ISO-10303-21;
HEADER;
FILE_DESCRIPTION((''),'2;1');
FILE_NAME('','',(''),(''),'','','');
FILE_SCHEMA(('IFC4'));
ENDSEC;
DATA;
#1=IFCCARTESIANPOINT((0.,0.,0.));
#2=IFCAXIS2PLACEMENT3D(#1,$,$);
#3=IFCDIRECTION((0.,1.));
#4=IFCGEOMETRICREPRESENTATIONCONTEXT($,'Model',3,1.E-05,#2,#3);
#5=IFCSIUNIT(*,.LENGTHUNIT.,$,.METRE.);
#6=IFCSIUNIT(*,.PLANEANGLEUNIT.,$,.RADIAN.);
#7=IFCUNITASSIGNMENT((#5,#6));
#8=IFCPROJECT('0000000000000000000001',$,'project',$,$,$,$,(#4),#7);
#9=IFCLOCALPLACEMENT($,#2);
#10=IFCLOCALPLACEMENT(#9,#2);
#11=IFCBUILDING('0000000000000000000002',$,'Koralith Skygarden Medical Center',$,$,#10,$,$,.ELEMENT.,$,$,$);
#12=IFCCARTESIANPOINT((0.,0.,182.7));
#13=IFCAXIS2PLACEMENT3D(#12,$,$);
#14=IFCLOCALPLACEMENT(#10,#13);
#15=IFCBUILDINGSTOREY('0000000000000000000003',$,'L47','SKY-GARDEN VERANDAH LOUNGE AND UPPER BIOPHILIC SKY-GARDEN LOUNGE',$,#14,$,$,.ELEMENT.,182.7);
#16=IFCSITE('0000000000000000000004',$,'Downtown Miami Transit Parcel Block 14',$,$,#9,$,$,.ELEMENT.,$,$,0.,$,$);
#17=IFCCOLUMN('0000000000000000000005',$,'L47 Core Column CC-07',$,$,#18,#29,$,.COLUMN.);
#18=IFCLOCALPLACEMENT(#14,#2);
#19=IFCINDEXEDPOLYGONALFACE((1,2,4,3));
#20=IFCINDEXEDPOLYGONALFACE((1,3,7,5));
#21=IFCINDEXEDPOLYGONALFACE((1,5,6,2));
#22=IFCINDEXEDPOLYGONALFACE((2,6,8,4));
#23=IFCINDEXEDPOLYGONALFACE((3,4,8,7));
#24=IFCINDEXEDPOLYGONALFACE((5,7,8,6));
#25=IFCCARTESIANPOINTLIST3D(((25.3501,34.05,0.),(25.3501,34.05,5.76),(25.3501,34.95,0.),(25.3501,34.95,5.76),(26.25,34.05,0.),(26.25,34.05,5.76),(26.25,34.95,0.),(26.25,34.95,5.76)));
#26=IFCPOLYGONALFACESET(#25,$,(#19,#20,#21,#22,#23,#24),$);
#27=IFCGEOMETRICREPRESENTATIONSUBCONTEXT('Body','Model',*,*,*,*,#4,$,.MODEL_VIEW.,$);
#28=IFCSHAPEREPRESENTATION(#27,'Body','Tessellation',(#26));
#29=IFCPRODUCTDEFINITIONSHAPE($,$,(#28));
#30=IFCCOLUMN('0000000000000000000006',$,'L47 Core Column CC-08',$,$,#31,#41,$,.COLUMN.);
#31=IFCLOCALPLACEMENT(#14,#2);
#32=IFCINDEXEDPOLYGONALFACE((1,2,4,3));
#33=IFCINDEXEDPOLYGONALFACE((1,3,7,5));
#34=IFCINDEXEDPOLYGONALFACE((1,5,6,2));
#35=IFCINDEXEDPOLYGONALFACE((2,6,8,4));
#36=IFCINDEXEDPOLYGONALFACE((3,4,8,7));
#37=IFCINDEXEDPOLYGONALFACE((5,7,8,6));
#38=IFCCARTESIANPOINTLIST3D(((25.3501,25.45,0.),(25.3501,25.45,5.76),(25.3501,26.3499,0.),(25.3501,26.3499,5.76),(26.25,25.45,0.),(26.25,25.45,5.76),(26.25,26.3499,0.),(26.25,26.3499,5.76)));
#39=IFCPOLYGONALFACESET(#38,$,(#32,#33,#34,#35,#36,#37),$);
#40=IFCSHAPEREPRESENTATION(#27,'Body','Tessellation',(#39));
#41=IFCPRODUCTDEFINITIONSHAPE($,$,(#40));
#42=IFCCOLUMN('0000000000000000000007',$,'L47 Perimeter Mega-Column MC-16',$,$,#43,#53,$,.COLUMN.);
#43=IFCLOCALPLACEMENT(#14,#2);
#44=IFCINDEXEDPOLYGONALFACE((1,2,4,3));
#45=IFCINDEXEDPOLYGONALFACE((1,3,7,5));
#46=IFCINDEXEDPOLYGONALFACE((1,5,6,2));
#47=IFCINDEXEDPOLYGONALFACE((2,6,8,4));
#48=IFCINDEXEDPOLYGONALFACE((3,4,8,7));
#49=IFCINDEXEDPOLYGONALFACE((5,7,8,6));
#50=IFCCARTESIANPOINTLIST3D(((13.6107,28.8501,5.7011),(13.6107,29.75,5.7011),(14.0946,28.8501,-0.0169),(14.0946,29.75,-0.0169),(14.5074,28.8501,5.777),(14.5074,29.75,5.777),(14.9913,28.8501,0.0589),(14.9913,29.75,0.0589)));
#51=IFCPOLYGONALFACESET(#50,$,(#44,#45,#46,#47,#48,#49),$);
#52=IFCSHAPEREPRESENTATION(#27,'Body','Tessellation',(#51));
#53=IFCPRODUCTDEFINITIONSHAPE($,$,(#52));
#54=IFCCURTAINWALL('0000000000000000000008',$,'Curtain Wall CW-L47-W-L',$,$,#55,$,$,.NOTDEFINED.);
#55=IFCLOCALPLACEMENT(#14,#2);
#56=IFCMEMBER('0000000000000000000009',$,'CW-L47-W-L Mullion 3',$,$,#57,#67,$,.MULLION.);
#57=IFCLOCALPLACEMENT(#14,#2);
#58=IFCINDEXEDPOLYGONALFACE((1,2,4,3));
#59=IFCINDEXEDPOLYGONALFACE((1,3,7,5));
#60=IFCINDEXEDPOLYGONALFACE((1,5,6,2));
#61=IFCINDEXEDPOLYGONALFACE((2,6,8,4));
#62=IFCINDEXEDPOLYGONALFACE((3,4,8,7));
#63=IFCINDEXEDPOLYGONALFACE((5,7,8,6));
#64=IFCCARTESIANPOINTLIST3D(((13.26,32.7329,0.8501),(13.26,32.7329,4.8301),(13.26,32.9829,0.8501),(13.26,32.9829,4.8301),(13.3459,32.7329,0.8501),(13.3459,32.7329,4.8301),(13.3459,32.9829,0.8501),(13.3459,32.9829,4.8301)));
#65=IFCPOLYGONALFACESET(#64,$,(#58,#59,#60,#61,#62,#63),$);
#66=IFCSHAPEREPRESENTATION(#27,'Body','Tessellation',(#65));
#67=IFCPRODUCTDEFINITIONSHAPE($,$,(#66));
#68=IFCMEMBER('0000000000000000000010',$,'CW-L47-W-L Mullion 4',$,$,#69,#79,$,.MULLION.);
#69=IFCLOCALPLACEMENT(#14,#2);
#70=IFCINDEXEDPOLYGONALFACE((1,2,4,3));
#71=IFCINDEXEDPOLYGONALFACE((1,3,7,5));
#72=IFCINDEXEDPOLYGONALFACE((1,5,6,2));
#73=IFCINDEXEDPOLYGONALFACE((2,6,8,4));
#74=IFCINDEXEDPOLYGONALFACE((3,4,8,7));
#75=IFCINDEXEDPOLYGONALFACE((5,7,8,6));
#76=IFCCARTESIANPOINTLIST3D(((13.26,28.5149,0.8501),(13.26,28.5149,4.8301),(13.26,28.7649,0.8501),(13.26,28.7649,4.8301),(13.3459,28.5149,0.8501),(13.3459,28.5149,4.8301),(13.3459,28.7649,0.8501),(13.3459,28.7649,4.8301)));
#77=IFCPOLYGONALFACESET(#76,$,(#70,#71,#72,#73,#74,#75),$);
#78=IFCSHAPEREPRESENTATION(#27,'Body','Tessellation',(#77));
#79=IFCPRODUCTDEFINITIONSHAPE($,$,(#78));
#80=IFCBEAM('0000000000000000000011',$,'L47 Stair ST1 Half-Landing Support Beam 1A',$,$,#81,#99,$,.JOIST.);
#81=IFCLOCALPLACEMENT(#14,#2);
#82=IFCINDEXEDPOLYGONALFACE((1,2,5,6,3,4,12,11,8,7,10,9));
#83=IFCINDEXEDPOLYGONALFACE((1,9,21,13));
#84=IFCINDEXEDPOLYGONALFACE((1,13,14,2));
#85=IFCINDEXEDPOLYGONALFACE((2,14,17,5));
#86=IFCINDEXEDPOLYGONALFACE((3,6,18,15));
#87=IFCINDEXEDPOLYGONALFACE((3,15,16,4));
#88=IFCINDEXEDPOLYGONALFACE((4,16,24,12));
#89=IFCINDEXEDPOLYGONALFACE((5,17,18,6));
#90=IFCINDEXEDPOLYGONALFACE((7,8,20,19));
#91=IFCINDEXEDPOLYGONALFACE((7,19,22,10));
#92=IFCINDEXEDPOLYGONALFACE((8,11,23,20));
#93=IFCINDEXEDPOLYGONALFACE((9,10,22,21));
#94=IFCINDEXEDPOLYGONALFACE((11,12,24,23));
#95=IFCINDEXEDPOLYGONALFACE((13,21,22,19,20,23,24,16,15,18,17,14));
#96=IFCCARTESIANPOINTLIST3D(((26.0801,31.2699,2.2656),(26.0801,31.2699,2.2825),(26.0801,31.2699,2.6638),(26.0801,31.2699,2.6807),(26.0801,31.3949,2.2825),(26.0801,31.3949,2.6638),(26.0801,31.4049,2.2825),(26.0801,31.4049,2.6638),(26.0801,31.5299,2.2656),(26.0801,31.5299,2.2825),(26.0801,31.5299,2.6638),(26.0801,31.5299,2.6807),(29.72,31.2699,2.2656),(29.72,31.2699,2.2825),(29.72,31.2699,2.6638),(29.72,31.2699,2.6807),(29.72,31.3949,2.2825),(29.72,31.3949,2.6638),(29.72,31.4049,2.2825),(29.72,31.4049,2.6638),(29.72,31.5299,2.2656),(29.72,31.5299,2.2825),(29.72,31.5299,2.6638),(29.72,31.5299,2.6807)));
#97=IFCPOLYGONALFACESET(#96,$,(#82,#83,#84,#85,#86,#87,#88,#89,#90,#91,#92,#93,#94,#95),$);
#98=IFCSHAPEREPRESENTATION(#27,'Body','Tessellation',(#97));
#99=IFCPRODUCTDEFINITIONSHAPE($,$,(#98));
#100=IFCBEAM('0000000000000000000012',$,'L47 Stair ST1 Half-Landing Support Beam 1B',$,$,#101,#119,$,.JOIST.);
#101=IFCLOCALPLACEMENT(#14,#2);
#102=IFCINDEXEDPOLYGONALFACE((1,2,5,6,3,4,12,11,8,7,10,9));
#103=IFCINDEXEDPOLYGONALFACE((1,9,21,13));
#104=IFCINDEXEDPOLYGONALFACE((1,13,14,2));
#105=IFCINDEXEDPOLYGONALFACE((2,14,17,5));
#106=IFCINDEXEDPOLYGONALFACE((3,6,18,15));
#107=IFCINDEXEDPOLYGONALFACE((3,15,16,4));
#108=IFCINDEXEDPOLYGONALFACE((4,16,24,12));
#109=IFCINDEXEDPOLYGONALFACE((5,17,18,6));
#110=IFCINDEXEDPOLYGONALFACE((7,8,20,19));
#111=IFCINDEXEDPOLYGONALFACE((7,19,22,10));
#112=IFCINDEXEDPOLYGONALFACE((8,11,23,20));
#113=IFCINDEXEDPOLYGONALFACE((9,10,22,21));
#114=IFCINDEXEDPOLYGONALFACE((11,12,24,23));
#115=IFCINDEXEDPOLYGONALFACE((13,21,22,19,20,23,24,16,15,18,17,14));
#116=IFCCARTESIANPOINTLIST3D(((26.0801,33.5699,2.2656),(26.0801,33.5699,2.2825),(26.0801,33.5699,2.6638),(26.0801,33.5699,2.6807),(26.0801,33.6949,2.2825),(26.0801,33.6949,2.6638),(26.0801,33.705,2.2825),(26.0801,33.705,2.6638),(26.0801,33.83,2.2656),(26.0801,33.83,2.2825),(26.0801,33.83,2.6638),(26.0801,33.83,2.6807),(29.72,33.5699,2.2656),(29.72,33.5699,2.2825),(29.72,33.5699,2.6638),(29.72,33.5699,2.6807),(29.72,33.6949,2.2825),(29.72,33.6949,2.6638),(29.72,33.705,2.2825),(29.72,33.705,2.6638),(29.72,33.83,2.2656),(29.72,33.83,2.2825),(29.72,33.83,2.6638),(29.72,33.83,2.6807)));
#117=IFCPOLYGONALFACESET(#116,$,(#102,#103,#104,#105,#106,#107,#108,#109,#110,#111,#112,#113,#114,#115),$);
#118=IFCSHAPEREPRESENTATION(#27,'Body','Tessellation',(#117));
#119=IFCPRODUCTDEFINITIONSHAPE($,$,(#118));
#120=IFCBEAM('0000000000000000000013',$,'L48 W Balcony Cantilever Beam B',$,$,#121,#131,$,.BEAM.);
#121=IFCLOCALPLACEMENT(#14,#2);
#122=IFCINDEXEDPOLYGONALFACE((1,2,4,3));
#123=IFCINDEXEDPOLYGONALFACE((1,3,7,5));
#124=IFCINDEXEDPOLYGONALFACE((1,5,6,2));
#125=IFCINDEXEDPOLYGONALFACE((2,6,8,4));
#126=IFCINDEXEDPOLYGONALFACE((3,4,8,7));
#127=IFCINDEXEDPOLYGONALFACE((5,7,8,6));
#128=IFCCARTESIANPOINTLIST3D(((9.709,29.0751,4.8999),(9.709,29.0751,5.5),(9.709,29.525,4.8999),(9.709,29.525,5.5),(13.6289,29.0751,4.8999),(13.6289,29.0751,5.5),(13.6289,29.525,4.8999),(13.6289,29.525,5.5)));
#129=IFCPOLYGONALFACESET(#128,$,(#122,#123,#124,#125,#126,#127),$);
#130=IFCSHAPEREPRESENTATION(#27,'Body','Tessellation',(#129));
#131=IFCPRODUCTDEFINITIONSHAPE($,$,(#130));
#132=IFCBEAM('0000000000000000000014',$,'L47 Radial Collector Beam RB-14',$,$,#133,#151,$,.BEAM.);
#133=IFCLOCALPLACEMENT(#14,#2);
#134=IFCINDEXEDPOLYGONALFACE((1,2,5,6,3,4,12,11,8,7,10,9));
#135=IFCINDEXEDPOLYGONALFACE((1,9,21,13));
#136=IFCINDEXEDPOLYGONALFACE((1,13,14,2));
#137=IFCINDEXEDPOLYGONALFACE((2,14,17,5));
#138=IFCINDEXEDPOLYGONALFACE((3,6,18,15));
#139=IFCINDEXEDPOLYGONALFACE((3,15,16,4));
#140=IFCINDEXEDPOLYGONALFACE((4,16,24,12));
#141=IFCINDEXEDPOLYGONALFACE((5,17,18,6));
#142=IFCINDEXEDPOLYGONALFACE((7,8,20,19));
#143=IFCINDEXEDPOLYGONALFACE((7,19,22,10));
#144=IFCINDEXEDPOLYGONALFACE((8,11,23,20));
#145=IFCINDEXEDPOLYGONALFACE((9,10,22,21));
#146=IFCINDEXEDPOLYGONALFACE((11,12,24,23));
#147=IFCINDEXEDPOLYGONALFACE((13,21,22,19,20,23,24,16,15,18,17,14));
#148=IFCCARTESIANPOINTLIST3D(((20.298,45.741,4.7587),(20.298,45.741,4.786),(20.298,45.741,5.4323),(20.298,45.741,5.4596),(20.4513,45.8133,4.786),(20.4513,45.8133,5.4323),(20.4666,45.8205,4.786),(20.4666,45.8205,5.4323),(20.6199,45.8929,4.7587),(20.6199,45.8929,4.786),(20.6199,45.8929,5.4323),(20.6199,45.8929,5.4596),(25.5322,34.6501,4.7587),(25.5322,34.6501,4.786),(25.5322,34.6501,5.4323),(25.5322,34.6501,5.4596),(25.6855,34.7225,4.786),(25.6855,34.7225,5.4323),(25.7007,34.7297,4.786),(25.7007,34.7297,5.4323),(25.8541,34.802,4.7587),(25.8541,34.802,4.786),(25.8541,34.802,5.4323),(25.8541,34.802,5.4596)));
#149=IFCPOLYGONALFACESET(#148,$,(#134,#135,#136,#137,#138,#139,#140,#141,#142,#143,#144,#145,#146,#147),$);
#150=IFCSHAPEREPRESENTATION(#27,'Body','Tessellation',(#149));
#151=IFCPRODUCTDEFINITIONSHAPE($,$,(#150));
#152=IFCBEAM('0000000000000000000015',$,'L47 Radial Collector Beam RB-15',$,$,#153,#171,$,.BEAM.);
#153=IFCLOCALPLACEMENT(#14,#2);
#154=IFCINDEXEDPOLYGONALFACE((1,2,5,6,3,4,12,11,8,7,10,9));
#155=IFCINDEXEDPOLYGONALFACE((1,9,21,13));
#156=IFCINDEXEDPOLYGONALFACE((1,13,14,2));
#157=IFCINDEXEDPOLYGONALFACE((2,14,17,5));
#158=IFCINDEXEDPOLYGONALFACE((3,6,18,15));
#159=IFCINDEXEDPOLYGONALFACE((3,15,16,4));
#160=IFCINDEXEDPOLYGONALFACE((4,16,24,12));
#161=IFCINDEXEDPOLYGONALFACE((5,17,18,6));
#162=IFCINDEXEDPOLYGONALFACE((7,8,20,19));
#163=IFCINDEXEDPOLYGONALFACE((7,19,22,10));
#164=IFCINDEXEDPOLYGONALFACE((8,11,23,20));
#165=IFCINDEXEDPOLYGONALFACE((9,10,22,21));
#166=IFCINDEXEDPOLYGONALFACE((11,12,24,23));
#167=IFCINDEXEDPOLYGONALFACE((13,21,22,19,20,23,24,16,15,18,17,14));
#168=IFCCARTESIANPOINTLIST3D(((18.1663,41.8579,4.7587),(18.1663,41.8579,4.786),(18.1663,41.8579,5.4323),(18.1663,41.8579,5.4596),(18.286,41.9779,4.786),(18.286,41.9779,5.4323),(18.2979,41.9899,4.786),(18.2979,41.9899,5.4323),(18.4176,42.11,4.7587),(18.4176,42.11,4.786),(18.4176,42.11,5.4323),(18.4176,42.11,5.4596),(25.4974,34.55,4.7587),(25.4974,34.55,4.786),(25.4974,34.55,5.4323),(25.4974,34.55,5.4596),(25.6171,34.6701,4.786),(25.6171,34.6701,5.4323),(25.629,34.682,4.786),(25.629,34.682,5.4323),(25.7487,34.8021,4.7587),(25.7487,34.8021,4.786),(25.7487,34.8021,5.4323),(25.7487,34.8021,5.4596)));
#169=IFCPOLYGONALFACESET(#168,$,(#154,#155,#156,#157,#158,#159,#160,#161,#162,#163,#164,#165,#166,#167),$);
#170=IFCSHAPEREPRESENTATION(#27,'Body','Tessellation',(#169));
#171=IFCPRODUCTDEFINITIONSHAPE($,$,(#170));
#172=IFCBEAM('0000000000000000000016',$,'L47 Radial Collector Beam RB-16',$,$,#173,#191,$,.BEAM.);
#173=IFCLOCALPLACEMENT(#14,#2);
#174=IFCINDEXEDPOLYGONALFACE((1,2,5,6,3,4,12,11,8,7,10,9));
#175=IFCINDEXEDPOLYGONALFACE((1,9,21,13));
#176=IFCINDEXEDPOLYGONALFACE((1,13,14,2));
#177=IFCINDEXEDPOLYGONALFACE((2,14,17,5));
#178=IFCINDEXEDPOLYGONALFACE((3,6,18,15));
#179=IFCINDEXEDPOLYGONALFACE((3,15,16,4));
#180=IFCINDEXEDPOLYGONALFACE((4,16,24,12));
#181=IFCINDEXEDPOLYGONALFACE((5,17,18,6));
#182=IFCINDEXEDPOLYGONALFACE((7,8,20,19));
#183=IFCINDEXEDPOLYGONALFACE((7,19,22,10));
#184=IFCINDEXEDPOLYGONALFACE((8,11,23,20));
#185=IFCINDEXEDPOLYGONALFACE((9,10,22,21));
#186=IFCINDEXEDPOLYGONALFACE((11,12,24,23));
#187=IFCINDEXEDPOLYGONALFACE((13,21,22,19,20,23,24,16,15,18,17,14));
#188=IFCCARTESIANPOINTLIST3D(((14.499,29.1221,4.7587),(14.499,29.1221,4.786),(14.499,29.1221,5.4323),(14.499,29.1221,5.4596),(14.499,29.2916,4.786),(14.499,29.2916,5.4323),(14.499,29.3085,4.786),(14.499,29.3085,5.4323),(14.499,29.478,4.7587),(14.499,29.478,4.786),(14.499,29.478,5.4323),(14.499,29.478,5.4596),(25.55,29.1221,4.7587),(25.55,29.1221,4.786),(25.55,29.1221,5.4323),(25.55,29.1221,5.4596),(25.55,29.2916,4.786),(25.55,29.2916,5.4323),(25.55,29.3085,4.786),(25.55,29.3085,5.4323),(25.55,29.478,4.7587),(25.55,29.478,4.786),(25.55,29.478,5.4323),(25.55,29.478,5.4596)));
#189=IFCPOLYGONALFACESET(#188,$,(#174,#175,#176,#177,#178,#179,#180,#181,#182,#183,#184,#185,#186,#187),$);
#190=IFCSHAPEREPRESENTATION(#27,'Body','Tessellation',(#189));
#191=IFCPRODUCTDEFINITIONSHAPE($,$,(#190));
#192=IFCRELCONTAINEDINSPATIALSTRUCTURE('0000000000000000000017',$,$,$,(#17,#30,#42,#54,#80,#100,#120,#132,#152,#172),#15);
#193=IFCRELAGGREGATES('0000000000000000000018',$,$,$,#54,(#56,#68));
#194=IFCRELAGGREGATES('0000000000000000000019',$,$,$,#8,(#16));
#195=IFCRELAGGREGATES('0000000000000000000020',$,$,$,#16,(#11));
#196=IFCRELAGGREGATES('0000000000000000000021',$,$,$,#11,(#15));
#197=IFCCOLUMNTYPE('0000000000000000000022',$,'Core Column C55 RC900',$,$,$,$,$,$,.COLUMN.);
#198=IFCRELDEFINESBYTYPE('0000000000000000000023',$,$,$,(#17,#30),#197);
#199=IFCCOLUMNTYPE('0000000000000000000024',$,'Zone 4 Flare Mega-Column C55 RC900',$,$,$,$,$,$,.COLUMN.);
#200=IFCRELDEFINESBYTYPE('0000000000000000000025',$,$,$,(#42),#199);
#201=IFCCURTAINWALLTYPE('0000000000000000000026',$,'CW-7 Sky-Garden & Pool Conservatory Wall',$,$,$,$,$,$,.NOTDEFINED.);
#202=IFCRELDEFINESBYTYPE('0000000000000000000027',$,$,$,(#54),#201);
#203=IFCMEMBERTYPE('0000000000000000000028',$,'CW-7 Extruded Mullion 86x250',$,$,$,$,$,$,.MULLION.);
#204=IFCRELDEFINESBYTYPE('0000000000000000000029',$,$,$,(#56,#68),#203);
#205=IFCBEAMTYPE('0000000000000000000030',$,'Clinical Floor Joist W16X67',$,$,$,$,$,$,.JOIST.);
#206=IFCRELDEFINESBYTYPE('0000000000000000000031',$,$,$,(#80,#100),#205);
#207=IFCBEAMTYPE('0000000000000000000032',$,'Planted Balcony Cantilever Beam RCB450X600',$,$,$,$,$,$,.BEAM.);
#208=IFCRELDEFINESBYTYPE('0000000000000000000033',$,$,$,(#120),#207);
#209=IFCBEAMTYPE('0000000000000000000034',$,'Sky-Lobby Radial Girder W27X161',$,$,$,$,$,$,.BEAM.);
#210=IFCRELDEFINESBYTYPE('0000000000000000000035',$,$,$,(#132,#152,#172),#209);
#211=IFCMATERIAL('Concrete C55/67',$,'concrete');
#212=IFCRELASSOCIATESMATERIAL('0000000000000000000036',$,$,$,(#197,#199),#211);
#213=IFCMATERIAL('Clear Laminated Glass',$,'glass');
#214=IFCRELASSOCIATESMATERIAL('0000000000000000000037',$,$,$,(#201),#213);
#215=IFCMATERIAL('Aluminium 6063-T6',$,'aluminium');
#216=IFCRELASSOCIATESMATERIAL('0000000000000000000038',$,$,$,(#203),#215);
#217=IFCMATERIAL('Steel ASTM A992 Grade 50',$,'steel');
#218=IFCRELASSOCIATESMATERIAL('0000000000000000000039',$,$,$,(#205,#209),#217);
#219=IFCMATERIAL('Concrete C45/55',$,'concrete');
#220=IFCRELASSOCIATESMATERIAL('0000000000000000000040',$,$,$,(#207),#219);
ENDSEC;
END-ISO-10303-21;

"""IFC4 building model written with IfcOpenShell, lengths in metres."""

from ifc_helpers import new_model, si_unit, direction, frame, origin, origin_2d, place, context, subcontext, project, spatial, rectangle, i_section, extrude, material, material_profile, profile_set, type_object, element, aggregate, save


model = new_model("IFC4")

# Units and contexts
model_context = context("Model", 3, precision=1e-05, world=origin(), true_north=direction((0.0, 1.0)))
body_context = subcontext(model_context, "Body", "Model", "MODEL_VIEW")
ifc_project = project(units=[si_unit("LENGTHUNIT", "METRE"), si_unit("PLANEANGLEUNIT", "RADIAN")], contexts=[model_context])

# Site, building, storey
site_placement = place(None, origin())
site = spatial("IfcSite", under=ifc_project, at=site_placement, Name="Downtown Miami Transit Parcel Block 14", CompositionType="ELEMENT", RefElevation=0.0)
building_placement = place(site_placement, origin())
building = spatial("IfcBuilding", under=site, at=building_placement, Name="Koralith Skygarden Medical Center", CompositionType="ELEMENT")
storey_placement = place(building_placement, frame((0.0, 0.0, 182.7)))
storey = spatial("IfcBuildingStorey", under=building, at=storey_placement, Name="L47", Description="SKY-GARDEN VERANDAH LOUNGE AND UPPER BIOPHILIC SKY-GARDEN LOUNGE", CompositionType="ELEMENT", Elevation=182.7)

# Columns
ifc_material_1 = material(Name="Concrete C55/67", Category="concrete")
ifc_material_profile_1 = material_profile(ifc_material_1, rectangle(XDim=0.8999, YDim=0.8999, at=origin_2d()), Name="RC900X900")
ifc_profile_set_1 = profile_set([ifc_material_profile_1], Name="Concrete C55/67")
column_type_1 = type_object("IfcColumnType", Name="Core Column C55 RC900", PredefinedType="COLUMN", material=ifc_profile_set_1)
for number, where, z_axis, x_axis, name in (
    (1, (25.8, 34.5, 0.0), (0.0, 0.0, 1.0), (1.0, 0.0, 0.0), "L47 Core Column CC-07"),
    (2, (25.8, 25.8999, 0.0), (0.0, 0.0, 1.0), (1.0, 0.0, 0.0), "L47 Core Column CC-08"),
):
    element("IfcColumn", number, at=place(storey_placement, frame(where, z_axis=z_axis, x_axis=x_axis)), inside=storey, type_object=column_type_1, Name=name, PredefinedType="COLUMN", context=body_context, shape_type="SweptSolid", body=[
        extrude(rectangle(XDim=0.8999, YDim=0.8999, at=origin_2d()), origin(), (0.0, 0.0, 1.0), 5.76),
    ])
ifc_material_profile_2 = material_profile(ifc_material_1, rectangle(XDim=0.8999, YDim=0.8999, at=origin_2d()), Name="RC900X900")
ifc_profile_set_2 = profile_set([ifc_material_profile_2], Name="Concrete C55/67")
column_type_2 = type_object("IfcColumnType", Name="Zone 4 Flare Mega-Column C55 RC900", PredefinedType="COLUMN", material=ifc_profile_set_2)
column_placement = place(storey_placement, frame((14.543, 29.3, 0.021), z_axis=(-0.084324, 0.0, 0.996438), x_axis=(0.0, -1.0, 0.0)))
element("IfcColumn", 3, at=column_placement, inside=storey, type_object=column_type_2, Name="L47 Perimeter Mega-Column MC-16", PredefinedType="COLUMN", context=body_context, shape_type="SweptSolid", body=[
    extrude(rectangle(XDim=0.8999, YDim=0.8999, at=origin_2d()), origin(), (0.0, 0.0, 1.0), 5.7385),
])

# Curtain wall, members
ifc_material_2 = material(Name="Clear Laminated Glass", Category="glass")
curtain_wall_type = type_object("IfcCurtainWallType", Name="CW-7 Sky-Garden & Pool Conservatory Wall", PredefinedType="NOTDEFINED", material=ifc_material_2)
curtain_wall_placement = place(storey_placement, origin())
curtain_wall = element("IfcCurtainWall", 4, at=curtain_wall_placement, inside=storey, type_object=curtain_wall_type, Name="Curtain Wall CW-L47-W-L", PredefinedType="NOTDEFINED")
ifc_material_3 = material(Name="Aluminium 6063-T6", Category="aluminium")
ifc_material_profile_3 = material_profile(ifc_material_3, rectangle(XDim=0.0859, YDim=0.25, at=origin_2d()), Name="MUL86X250")
ifc_profile_set_3 = profile_set([ifc_material_profile_3], Name="Aluminium 6063-T6")
member_type = type_object("IfcMemberType", Name="CW-7 Extruded Mullion 86x250", PredefinedType="MULLION", material=ifc_profile_set_3)
member_1_placement = place(storey_placement, frame((13.303, 32.8579, 0.8501), z_axis=(0.0, 0.0, 1.0), x_axis=(1.0, 0.0, 0.0)))
member_1 = element("IfcMember", 5, at=member_1_placement, type_object=member_type, Name="CW-L47-W-L Mullion 3", PredefinedType="MULLION", context=body_context, shape_type="SweptSolid", body=[
    extrude(rectangle(XDim=0.0859, YDim=0.25, at=origin_2d()), origin(), (0.0, 0.0, 1.0), 3.98),
])
member_2_placement = place(storey_placement, frame((13.303, 28.6399, 0.8501), z_axis=(0.0, 0.0, 1.0), x_axis=(1.0, 0.0, 0.0)))
member_2 = element("IfcMember", 6, at=member_2_placement, type_object=member_type, Name="CW-L47-W-L Mullion 4", PredefinedType="MULLION", context=body_context, shape_type="SweptSolid", body=[
    extrude(rectangle(XDim=0.0859, YDim=0.25, at=origin_2d()), origin(), (0.0, 0.0, 1.0), 3.98),
])

# Beams
ifc_material_4 = material(Name="Steel ASTM A992 Grade 50", Category="steel")
ifc_material_profile_4 = material_profile(ifc_material_4, i_section(OverallWidth=0.26, OverallDepth=0.415, WebThickness=0.01, FlangeThickness=0.0168, at=origin_2d()), Name="W16X67")
ifc_profile_set_4 = profile_set([ifc_material_profile_4], Name="Steel ASTM A992 Grade 50")
beam_type_1 = type_object("IfcBeamType", Name="Clinical Floor Joist W16X67", PredefinedType="JOIST", material=ifc_profile_set_4)
for number, where, z_axis, x_axis, name in (
    (7, (26.0801, 31.3999, 2.4731), (1.0, 0.0, 0.0), (0.0, 1.0, 0.0), "L47 Stair ST1 Half-Landing Support Beam 1A"),
    (8, (26.0801, 33.7, 2.4731), (1.0, 0.0, 0.0), (0.0, 1.0, 0.0), "L47 Stair ST1 Half-Landing Support Beam 1B"),
):
    element("IfcBeam", number, at=place(storey_placement, frame(where, z_axis=z_axis, x_axis=x_axis)), inside=storey, type_object=beam_type_1, Name=name, PredefinedType="JOIST", context=body_context, shape_type="SweptSolid", body=[
        extrude(i_section(OverallWidth=0.26, OverallDepth=0.415, WebThickness=0.01, FlangeThickness=0.0168, at=origin_2d()), origin(), (0.0, 0.0, 1.0), 3.6399),
    ])
ifc_material_5 = material(Name="Concrete C45/55", Category="concrete")
ifc_material_profile_5 = material_profile(ifc_material_5, rectangle(XDim=0.45, YDim=0.6001, at=origin_2d()), Name="RCB450X600")
ifc_profile_set_5 = profile_set([ifc_material_profile_5], Name="Concrete C45/55")
beam_type_2 = type_object("IfcBeamType", Name="Planted Balcony Cantilever Beam RCB450X600", PredefinedType="BEAM", material=ifc_profile_set_5)
beam_1_placement = place(storey_placement, frame((13.6289, 29.3, 5.2), z_axis=(-1.0, 0.0, 0.0), x_axis=(0.0, -1.0, 0.0)))
element("IfcBeam", 9, at=beam_1_placement, inside=storey, type_object=beam_type_2, Name="L48 W Balcony Cantilever Beam B", PredefinedType="BEAM", context=body_context, shape_type="SweptSolid", body=[
    extrude(rectangle(XDim=0.45, YDim=0.6001, at=origin_2d()), origin(), (0.0, 0.0, 1.0), 3.9199),
])
ifc_material_profile_6 = material_profile(ifc_material_4, i_section(OverallWidth=0.356, OverallDepth=0.7009, WebThickness=0.0168, FlangeThickness=0.0273, at=origin_2d()), Name="W27X161")
ifc_profile_set_6 = profile_set([ifc_material_profile_6], Name="Steel ASTM A992 Grade 50")
beam_type_3 = type_object("IfcBeamType", Name="Sky-Lobby Radial Girder W27X161", PredefinedType="BEAM", material=ifc_profile_set_6)
beam_2_placement = place(storey_placement, frame((25.6931, 34.7261, 5.1091), z_axis=(-0.426793, 0.904349, 0.0), x_axis=(-0.904349, -0.426793, 0.0)))
element("IfcBeam", 10, at=beam_2_placement, inside=storey, type_object=beam_type_3, Name="L47 Radial Collector Beam RB-14", PredefinedType="BEAM", context=body_context, shape_type="SweptSolid", body=[
    extrude(i_section(OverallWidth=0.356, OverallDepth=0.7009, WebThickness=0.0168, FlangeThickness=0.0273, at=origin_2d()), origin(), (0.0, 0.0, 1.0), 12.2639),
])
beam_3_placement = place(storey_placement, frame((25.623, 34.676, 5.1091), z_axis=(-0.708226, 0.705986, 0.0), x_axis=(-0.705986, -0.708226, 0.0)))
element("IfcBeam", 11, at=beam_3_placement, inside=storey, type_object=beam_type_3, Name="L47 Radial Collector Beam RB-15", PredefinedType="BEAM", context=body_context, shape_type="SweptSolid", body=[
    extrude(i_section(OverallWidth=0.356, OverallDepth=0.7009, WebThickness=0.0168, FlangeThickness=0.0273, at=origin_2d()), origin(), (0.0, 0.0, 1.0), 10.3513),
])
beam_4_placement = place(storey_placement, frame((25.55, 29.3, 5.1091), z_axis=(-1.0, 0.0, 0.0), x_axis=(0.0, -1.0, 0.0)))
element("IfcBeam", 12, at=beam_4_placement, inside=storey, type_object=beam_type_3, Name="L47 Radial Collector Beam RB-16", PredefinedType="BEAM", context=body_context, shape_type="SweptSolid", body=[
    extrude(i_section(OverallWidth=0.356, OverallDepth=0.7009, WebThickness=0.0168, FlangeThickness=0.0273, at=origin_2d()), origin(), (0.0, 0.0, 1.0), 11.051),
])

aggregate(curtain_wall, [member_1, member_2])

save(model, "model.ifc")
